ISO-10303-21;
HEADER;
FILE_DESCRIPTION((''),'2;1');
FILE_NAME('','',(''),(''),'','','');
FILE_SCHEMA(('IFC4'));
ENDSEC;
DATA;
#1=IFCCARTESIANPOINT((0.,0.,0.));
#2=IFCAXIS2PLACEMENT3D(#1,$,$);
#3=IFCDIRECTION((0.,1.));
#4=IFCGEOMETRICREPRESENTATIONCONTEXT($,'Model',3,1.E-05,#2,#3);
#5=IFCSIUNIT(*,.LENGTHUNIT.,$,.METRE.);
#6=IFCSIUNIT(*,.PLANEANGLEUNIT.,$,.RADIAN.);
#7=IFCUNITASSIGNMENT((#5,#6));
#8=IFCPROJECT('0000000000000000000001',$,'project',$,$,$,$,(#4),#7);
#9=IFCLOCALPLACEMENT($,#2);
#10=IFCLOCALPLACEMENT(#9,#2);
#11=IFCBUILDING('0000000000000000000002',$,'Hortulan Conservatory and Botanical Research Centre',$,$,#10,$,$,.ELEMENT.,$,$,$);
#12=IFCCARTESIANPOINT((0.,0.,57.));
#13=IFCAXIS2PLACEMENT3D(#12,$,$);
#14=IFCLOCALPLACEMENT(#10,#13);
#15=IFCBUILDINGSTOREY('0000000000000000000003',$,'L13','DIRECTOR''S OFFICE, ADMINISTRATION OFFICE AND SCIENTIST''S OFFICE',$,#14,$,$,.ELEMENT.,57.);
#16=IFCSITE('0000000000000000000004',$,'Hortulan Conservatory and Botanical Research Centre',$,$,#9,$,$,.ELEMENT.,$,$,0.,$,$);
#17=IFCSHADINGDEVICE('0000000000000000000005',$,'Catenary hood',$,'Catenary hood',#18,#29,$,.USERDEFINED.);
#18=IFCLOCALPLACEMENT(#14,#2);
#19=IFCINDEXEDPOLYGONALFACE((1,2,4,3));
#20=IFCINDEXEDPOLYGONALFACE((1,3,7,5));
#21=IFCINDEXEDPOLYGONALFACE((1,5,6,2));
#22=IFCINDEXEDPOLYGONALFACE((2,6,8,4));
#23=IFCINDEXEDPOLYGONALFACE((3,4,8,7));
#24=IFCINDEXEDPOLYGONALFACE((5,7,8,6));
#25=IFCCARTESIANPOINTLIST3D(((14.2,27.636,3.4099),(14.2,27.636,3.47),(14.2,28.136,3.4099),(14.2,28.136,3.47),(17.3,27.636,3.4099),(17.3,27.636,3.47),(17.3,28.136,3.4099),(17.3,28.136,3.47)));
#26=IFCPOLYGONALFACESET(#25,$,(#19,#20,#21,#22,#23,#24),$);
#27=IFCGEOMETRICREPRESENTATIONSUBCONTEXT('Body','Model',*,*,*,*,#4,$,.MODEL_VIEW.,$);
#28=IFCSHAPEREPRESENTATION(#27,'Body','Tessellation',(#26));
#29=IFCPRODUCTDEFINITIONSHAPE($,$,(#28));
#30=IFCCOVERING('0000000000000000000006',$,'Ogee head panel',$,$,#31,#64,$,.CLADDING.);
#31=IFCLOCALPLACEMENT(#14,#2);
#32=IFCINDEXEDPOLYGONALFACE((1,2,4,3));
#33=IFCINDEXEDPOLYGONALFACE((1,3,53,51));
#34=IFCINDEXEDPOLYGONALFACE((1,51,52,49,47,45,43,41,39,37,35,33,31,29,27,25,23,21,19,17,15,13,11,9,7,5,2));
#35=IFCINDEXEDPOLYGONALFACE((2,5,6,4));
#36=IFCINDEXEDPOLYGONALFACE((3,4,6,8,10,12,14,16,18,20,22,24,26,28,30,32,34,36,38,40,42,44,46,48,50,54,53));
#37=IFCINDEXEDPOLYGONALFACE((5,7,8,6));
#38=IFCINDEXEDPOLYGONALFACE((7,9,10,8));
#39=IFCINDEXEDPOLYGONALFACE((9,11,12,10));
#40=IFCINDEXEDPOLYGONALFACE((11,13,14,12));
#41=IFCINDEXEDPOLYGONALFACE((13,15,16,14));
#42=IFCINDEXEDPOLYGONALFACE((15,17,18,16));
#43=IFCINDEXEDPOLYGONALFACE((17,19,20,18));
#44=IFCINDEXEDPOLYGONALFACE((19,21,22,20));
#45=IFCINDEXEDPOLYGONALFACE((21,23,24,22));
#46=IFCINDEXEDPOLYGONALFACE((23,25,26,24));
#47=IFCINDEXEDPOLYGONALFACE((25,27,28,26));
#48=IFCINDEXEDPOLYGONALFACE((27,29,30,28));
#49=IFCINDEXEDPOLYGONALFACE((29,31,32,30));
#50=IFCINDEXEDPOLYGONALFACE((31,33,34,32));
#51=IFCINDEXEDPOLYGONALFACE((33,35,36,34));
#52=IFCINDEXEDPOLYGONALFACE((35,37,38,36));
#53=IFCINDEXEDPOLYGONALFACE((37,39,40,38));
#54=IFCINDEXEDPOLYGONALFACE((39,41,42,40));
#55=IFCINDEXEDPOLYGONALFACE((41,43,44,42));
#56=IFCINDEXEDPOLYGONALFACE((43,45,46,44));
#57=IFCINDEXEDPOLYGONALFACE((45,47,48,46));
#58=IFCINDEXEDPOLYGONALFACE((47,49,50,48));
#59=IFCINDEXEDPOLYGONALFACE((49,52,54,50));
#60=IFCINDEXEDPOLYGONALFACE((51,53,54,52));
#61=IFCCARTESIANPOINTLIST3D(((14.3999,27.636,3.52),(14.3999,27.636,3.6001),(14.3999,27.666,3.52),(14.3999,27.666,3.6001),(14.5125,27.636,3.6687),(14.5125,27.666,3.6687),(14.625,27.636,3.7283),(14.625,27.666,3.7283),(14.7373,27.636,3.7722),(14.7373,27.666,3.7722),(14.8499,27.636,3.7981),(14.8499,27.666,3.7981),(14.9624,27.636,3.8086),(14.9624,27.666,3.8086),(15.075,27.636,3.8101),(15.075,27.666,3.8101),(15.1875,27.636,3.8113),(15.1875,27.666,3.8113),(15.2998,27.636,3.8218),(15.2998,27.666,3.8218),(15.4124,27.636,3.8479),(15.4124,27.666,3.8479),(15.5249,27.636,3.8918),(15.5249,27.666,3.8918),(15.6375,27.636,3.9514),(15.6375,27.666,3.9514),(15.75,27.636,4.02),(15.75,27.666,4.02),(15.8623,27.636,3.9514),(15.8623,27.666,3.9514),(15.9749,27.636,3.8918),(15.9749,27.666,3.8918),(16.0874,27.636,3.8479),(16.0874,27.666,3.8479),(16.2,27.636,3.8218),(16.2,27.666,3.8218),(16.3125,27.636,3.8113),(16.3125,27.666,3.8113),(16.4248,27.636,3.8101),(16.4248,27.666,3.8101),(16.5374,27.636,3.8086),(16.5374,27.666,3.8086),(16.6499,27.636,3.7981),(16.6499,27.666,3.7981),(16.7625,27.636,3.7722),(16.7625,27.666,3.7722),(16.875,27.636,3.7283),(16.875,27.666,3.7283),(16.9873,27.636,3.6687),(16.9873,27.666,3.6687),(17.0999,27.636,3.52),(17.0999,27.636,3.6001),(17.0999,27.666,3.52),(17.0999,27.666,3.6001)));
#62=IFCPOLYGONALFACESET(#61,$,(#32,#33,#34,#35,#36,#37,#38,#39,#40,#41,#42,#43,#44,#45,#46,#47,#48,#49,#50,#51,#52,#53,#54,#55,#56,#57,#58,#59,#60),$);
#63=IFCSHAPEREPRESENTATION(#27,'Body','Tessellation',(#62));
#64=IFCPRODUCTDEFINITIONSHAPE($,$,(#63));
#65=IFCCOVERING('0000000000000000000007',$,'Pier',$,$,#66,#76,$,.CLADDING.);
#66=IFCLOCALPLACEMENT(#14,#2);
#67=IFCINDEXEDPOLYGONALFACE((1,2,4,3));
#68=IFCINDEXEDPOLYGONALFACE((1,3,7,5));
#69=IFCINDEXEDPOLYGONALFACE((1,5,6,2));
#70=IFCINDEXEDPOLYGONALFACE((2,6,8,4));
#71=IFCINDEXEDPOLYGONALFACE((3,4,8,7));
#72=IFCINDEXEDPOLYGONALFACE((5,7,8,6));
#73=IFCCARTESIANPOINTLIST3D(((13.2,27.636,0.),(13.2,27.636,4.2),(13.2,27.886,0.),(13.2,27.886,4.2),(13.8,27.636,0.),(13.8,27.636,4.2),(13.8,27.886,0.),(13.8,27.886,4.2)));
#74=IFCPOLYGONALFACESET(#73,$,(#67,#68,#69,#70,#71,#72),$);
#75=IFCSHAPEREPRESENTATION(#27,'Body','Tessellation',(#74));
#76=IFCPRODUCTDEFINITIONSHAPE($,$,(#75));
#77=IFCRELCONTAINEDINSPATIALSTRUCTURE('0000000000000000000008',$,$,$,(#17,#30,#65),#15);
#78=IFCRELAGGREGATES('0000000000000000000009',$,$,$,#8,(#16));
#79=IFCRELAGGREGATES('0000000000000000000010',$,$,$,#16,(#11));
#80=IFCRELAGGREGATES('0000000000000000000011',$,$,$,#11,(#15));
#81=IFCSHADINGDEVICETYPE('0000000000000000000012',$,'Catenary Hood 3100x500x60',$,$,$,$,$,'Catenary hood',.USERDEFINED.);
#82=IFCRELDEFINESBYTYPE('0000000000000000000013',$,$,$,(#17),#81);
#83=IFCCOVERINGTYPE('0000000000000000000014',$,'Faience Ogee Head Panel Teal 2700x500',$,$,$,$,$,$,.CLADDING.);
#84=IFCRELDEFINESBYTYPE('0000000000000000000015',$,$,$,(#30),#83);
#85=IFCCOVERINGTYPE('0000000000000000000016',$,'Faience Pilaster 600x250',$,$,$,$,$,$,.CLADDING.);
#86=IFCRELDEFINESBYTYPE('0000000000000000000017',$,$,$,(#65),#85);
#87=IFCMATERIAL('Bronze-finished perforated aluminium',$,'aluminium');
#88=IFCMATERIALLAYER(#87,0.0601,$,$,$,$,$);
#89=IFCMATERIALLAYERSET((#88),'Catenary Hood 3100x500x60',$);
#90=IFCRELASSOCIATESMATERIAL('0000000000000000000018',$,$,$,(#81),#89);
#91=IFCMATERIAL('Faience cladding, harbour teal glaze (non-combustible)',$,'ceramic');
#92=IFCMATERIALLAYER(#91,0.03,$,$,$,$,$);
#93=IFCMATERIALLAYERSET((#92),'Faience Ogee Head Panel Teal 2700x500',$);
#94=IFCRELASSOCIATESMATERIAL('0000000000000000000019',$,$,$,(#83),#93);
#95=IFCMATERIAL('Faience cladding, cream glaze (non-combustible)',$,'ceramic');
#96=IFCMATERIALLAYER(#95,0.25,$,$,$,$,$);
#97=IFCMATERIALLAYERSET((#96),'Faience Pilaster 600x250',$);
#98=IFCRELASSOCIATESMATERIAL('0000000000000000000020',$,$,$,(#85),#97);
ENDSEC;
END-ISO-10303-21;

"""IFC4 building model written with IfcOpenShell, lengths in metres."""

from ifc_helpers import new_model, si_unit, direction, frame, origin, origin_2d, place, context, subcontext, project, spatial, polyline, rectangle, outline, extrude, material, layer, layer_set, type_object, element, save


model = new_model("IFC4")

# Units and contexts
model_context = context("Model", 3, precision=1e-05, world=origin(), true_north=direction((0.0, 1.0)))
body_context = subcontext(model_context, "Body", "Model", "MODEL_VIEW")
ifc_project = project(units=[si_unit("LENGTHUNIT", "METRE"), si_unit("PLANEANGLEUNIT", "RADIAN")], contexts=[model_context])

# Site, building, storey
site_placement = place(None, origin())
site = spatial("IfcSite", under=ifc_project, at=site_placement, Name="Hortulan Conservatory and Botanical Research Centre", CompositionType="ELEMENT", RefElevation=0.0)
building_placement = place(site_placement, origin())
building = spatial("IfcBuilding", under=site, at=building_placement, Name="Hortulan Conservatory and Botanical Research Centre", CompositionType="ELEMENT")
storey_placement = place(building_placement, frame((0.0, 0.0, 57.0)))
storey = spatial("IfcBuildingStorey", under=building, at=storey_placement, Name="L13", Description="DIRECTOR'S OFFICE, ADMINISTRATION OFFICE AND SCIENTIST'S OFFICE", CompositionType="ELEMENT", Elevation=57.0)

# Shading device
ifc_material_1 = material(Name="Bronze-finished perforated aluminium", Category="aluminium")
ifc_layer_1 = layer(ifc_material_1, 0.0601)
ifc_layer_set_1 = layer_set([ifc_layer_1], Name="Catenary Hood 3100x500x60")
shading_device_type = type_object("IfcShadingDeviceType", Name="Catenary Hood 3100x500x60", ElementType="Catenary hood", PredefinedType="USERDEFINED", material=ifc_layer_set_1)
shading_device_placement = place(storey_placement, frame((15.75, 27.886, 3.4099), z_axis=(0.0, 0.0, 1.0), x_axis=(1.0, 0.0, 0.0)))
element("IfcShadingDevice", 1, at=shading_device_placement, inside=storey, type_object=shading_device_type, Name="Catenary hood", ObjectType="Catenary hood", PredefinedType="USERDEFINED", context=body_context, shape_type="SweptSolid", body=[
    extrude(rectangle(XDim=3.1001, YDim=0.5, at=origin_2d()), origin(), (0.0, 0.0, 1.0), 0.0601),
])

# Coverings
ifc_material_2 = material(Name="Faience cladding, harbour teal glaze (non-combustible)", Category="ceramic")
ifc_layer_2 = layer(ifc_material_2, 0.03)
ifc_layer_set_2 = layer_set([ifc_layer_2], Name="Faience Ogee Head Panel Teal 2700x500")
covering_type_1 = type_object("IfcCoveringType", Name="Faience Ogee Head Panel Teal 2700x500", PredefinedType="CLADDING", material=ifc_layer_set_2)
covering_1_placement = place(storey_placement, frame((14.3999, 27.6509, 3.52), z_axis=(0.0, 0.0, 1.0), x_axis=(1.0, 0.0, 0.0)))
element("IfcCovering", 2, at=covering_1_placement, inside=storey, type_object=covering_type_1, Name="Ogee head panel", PredefinedType="CLADDING", context=body_context, shape_type="SweptSolid", body=[
    extrude(outline(polyline([(0.0, 0.0), (2.7, 0.0), (2.7, 0.0801), (2.5874, 0.1487), (2.4751, 0.2083), (2.3625, 0.2522), (2.25, 0.2781), (2.1375, 0.2886), (2.0249, 0.29), (1.9126, 0.2913), (1.8, 0.3018), (1.6875, 0.3279), (1.575, 0.3718), (1.4624, 0.4314), (1.3501, 0.5), (1.2375, 0.4314), (1.125, 0.3718), (1.0125, 0.3279), (0.8999, 0.3018), (0.7876, 0.2913), (0.675, 0.29), (0.5625, 0.2886), (0.45, 0.2781), (0.3374, 0.2522), (0.2251, 0.2083), (0.1125, 0.1487), (0.0, 0.0801), (0.0, 0.0)])), frame((0.0, 0.0151, 0.0), z_axis=(0.0, -1.0, 0.0), x_axis=(1.0, 0.0, 0.0)), (0.0, 0.0, 1.0), 0.03),
])
ifc_material_3 = material(Name="Faience cladding, cream glaze (non-combustible)", Category="ceramic")
ifc_layer_3 = layer(ifc_material_3, 0.25)
ifc_layer_set_3 = layer_set([ifc_layer_3], Name="Faience Pilaster 600x250")
covering_type_2 = type_object("IfcCoveringType", Name="Faience Pilaster 600x250", PredefinedType="CLADDING", material=ifc_layer_set_3)
covering_2_placement = place(storey_placement, frame((13.5, 27.761, 0.0), z_axis=(0.0, 0.0, 1.0), x_axis=(1.0, 0.0, 0.0)))
element("IfcCovering", 3, at=covering_2_placement, inside=storey, type_object=covering_type_2, Name="Pier", PredefinedType="CLADDING", context=body_context, shape_type="SweptSolid", body=[
    extrude(rectangle(XDim=0.6001, YDim=0.25, at=origin_2d()), origin(), (0.0, 0.0, 1.0), 4.2),
])

save(model, "model.ifc")
